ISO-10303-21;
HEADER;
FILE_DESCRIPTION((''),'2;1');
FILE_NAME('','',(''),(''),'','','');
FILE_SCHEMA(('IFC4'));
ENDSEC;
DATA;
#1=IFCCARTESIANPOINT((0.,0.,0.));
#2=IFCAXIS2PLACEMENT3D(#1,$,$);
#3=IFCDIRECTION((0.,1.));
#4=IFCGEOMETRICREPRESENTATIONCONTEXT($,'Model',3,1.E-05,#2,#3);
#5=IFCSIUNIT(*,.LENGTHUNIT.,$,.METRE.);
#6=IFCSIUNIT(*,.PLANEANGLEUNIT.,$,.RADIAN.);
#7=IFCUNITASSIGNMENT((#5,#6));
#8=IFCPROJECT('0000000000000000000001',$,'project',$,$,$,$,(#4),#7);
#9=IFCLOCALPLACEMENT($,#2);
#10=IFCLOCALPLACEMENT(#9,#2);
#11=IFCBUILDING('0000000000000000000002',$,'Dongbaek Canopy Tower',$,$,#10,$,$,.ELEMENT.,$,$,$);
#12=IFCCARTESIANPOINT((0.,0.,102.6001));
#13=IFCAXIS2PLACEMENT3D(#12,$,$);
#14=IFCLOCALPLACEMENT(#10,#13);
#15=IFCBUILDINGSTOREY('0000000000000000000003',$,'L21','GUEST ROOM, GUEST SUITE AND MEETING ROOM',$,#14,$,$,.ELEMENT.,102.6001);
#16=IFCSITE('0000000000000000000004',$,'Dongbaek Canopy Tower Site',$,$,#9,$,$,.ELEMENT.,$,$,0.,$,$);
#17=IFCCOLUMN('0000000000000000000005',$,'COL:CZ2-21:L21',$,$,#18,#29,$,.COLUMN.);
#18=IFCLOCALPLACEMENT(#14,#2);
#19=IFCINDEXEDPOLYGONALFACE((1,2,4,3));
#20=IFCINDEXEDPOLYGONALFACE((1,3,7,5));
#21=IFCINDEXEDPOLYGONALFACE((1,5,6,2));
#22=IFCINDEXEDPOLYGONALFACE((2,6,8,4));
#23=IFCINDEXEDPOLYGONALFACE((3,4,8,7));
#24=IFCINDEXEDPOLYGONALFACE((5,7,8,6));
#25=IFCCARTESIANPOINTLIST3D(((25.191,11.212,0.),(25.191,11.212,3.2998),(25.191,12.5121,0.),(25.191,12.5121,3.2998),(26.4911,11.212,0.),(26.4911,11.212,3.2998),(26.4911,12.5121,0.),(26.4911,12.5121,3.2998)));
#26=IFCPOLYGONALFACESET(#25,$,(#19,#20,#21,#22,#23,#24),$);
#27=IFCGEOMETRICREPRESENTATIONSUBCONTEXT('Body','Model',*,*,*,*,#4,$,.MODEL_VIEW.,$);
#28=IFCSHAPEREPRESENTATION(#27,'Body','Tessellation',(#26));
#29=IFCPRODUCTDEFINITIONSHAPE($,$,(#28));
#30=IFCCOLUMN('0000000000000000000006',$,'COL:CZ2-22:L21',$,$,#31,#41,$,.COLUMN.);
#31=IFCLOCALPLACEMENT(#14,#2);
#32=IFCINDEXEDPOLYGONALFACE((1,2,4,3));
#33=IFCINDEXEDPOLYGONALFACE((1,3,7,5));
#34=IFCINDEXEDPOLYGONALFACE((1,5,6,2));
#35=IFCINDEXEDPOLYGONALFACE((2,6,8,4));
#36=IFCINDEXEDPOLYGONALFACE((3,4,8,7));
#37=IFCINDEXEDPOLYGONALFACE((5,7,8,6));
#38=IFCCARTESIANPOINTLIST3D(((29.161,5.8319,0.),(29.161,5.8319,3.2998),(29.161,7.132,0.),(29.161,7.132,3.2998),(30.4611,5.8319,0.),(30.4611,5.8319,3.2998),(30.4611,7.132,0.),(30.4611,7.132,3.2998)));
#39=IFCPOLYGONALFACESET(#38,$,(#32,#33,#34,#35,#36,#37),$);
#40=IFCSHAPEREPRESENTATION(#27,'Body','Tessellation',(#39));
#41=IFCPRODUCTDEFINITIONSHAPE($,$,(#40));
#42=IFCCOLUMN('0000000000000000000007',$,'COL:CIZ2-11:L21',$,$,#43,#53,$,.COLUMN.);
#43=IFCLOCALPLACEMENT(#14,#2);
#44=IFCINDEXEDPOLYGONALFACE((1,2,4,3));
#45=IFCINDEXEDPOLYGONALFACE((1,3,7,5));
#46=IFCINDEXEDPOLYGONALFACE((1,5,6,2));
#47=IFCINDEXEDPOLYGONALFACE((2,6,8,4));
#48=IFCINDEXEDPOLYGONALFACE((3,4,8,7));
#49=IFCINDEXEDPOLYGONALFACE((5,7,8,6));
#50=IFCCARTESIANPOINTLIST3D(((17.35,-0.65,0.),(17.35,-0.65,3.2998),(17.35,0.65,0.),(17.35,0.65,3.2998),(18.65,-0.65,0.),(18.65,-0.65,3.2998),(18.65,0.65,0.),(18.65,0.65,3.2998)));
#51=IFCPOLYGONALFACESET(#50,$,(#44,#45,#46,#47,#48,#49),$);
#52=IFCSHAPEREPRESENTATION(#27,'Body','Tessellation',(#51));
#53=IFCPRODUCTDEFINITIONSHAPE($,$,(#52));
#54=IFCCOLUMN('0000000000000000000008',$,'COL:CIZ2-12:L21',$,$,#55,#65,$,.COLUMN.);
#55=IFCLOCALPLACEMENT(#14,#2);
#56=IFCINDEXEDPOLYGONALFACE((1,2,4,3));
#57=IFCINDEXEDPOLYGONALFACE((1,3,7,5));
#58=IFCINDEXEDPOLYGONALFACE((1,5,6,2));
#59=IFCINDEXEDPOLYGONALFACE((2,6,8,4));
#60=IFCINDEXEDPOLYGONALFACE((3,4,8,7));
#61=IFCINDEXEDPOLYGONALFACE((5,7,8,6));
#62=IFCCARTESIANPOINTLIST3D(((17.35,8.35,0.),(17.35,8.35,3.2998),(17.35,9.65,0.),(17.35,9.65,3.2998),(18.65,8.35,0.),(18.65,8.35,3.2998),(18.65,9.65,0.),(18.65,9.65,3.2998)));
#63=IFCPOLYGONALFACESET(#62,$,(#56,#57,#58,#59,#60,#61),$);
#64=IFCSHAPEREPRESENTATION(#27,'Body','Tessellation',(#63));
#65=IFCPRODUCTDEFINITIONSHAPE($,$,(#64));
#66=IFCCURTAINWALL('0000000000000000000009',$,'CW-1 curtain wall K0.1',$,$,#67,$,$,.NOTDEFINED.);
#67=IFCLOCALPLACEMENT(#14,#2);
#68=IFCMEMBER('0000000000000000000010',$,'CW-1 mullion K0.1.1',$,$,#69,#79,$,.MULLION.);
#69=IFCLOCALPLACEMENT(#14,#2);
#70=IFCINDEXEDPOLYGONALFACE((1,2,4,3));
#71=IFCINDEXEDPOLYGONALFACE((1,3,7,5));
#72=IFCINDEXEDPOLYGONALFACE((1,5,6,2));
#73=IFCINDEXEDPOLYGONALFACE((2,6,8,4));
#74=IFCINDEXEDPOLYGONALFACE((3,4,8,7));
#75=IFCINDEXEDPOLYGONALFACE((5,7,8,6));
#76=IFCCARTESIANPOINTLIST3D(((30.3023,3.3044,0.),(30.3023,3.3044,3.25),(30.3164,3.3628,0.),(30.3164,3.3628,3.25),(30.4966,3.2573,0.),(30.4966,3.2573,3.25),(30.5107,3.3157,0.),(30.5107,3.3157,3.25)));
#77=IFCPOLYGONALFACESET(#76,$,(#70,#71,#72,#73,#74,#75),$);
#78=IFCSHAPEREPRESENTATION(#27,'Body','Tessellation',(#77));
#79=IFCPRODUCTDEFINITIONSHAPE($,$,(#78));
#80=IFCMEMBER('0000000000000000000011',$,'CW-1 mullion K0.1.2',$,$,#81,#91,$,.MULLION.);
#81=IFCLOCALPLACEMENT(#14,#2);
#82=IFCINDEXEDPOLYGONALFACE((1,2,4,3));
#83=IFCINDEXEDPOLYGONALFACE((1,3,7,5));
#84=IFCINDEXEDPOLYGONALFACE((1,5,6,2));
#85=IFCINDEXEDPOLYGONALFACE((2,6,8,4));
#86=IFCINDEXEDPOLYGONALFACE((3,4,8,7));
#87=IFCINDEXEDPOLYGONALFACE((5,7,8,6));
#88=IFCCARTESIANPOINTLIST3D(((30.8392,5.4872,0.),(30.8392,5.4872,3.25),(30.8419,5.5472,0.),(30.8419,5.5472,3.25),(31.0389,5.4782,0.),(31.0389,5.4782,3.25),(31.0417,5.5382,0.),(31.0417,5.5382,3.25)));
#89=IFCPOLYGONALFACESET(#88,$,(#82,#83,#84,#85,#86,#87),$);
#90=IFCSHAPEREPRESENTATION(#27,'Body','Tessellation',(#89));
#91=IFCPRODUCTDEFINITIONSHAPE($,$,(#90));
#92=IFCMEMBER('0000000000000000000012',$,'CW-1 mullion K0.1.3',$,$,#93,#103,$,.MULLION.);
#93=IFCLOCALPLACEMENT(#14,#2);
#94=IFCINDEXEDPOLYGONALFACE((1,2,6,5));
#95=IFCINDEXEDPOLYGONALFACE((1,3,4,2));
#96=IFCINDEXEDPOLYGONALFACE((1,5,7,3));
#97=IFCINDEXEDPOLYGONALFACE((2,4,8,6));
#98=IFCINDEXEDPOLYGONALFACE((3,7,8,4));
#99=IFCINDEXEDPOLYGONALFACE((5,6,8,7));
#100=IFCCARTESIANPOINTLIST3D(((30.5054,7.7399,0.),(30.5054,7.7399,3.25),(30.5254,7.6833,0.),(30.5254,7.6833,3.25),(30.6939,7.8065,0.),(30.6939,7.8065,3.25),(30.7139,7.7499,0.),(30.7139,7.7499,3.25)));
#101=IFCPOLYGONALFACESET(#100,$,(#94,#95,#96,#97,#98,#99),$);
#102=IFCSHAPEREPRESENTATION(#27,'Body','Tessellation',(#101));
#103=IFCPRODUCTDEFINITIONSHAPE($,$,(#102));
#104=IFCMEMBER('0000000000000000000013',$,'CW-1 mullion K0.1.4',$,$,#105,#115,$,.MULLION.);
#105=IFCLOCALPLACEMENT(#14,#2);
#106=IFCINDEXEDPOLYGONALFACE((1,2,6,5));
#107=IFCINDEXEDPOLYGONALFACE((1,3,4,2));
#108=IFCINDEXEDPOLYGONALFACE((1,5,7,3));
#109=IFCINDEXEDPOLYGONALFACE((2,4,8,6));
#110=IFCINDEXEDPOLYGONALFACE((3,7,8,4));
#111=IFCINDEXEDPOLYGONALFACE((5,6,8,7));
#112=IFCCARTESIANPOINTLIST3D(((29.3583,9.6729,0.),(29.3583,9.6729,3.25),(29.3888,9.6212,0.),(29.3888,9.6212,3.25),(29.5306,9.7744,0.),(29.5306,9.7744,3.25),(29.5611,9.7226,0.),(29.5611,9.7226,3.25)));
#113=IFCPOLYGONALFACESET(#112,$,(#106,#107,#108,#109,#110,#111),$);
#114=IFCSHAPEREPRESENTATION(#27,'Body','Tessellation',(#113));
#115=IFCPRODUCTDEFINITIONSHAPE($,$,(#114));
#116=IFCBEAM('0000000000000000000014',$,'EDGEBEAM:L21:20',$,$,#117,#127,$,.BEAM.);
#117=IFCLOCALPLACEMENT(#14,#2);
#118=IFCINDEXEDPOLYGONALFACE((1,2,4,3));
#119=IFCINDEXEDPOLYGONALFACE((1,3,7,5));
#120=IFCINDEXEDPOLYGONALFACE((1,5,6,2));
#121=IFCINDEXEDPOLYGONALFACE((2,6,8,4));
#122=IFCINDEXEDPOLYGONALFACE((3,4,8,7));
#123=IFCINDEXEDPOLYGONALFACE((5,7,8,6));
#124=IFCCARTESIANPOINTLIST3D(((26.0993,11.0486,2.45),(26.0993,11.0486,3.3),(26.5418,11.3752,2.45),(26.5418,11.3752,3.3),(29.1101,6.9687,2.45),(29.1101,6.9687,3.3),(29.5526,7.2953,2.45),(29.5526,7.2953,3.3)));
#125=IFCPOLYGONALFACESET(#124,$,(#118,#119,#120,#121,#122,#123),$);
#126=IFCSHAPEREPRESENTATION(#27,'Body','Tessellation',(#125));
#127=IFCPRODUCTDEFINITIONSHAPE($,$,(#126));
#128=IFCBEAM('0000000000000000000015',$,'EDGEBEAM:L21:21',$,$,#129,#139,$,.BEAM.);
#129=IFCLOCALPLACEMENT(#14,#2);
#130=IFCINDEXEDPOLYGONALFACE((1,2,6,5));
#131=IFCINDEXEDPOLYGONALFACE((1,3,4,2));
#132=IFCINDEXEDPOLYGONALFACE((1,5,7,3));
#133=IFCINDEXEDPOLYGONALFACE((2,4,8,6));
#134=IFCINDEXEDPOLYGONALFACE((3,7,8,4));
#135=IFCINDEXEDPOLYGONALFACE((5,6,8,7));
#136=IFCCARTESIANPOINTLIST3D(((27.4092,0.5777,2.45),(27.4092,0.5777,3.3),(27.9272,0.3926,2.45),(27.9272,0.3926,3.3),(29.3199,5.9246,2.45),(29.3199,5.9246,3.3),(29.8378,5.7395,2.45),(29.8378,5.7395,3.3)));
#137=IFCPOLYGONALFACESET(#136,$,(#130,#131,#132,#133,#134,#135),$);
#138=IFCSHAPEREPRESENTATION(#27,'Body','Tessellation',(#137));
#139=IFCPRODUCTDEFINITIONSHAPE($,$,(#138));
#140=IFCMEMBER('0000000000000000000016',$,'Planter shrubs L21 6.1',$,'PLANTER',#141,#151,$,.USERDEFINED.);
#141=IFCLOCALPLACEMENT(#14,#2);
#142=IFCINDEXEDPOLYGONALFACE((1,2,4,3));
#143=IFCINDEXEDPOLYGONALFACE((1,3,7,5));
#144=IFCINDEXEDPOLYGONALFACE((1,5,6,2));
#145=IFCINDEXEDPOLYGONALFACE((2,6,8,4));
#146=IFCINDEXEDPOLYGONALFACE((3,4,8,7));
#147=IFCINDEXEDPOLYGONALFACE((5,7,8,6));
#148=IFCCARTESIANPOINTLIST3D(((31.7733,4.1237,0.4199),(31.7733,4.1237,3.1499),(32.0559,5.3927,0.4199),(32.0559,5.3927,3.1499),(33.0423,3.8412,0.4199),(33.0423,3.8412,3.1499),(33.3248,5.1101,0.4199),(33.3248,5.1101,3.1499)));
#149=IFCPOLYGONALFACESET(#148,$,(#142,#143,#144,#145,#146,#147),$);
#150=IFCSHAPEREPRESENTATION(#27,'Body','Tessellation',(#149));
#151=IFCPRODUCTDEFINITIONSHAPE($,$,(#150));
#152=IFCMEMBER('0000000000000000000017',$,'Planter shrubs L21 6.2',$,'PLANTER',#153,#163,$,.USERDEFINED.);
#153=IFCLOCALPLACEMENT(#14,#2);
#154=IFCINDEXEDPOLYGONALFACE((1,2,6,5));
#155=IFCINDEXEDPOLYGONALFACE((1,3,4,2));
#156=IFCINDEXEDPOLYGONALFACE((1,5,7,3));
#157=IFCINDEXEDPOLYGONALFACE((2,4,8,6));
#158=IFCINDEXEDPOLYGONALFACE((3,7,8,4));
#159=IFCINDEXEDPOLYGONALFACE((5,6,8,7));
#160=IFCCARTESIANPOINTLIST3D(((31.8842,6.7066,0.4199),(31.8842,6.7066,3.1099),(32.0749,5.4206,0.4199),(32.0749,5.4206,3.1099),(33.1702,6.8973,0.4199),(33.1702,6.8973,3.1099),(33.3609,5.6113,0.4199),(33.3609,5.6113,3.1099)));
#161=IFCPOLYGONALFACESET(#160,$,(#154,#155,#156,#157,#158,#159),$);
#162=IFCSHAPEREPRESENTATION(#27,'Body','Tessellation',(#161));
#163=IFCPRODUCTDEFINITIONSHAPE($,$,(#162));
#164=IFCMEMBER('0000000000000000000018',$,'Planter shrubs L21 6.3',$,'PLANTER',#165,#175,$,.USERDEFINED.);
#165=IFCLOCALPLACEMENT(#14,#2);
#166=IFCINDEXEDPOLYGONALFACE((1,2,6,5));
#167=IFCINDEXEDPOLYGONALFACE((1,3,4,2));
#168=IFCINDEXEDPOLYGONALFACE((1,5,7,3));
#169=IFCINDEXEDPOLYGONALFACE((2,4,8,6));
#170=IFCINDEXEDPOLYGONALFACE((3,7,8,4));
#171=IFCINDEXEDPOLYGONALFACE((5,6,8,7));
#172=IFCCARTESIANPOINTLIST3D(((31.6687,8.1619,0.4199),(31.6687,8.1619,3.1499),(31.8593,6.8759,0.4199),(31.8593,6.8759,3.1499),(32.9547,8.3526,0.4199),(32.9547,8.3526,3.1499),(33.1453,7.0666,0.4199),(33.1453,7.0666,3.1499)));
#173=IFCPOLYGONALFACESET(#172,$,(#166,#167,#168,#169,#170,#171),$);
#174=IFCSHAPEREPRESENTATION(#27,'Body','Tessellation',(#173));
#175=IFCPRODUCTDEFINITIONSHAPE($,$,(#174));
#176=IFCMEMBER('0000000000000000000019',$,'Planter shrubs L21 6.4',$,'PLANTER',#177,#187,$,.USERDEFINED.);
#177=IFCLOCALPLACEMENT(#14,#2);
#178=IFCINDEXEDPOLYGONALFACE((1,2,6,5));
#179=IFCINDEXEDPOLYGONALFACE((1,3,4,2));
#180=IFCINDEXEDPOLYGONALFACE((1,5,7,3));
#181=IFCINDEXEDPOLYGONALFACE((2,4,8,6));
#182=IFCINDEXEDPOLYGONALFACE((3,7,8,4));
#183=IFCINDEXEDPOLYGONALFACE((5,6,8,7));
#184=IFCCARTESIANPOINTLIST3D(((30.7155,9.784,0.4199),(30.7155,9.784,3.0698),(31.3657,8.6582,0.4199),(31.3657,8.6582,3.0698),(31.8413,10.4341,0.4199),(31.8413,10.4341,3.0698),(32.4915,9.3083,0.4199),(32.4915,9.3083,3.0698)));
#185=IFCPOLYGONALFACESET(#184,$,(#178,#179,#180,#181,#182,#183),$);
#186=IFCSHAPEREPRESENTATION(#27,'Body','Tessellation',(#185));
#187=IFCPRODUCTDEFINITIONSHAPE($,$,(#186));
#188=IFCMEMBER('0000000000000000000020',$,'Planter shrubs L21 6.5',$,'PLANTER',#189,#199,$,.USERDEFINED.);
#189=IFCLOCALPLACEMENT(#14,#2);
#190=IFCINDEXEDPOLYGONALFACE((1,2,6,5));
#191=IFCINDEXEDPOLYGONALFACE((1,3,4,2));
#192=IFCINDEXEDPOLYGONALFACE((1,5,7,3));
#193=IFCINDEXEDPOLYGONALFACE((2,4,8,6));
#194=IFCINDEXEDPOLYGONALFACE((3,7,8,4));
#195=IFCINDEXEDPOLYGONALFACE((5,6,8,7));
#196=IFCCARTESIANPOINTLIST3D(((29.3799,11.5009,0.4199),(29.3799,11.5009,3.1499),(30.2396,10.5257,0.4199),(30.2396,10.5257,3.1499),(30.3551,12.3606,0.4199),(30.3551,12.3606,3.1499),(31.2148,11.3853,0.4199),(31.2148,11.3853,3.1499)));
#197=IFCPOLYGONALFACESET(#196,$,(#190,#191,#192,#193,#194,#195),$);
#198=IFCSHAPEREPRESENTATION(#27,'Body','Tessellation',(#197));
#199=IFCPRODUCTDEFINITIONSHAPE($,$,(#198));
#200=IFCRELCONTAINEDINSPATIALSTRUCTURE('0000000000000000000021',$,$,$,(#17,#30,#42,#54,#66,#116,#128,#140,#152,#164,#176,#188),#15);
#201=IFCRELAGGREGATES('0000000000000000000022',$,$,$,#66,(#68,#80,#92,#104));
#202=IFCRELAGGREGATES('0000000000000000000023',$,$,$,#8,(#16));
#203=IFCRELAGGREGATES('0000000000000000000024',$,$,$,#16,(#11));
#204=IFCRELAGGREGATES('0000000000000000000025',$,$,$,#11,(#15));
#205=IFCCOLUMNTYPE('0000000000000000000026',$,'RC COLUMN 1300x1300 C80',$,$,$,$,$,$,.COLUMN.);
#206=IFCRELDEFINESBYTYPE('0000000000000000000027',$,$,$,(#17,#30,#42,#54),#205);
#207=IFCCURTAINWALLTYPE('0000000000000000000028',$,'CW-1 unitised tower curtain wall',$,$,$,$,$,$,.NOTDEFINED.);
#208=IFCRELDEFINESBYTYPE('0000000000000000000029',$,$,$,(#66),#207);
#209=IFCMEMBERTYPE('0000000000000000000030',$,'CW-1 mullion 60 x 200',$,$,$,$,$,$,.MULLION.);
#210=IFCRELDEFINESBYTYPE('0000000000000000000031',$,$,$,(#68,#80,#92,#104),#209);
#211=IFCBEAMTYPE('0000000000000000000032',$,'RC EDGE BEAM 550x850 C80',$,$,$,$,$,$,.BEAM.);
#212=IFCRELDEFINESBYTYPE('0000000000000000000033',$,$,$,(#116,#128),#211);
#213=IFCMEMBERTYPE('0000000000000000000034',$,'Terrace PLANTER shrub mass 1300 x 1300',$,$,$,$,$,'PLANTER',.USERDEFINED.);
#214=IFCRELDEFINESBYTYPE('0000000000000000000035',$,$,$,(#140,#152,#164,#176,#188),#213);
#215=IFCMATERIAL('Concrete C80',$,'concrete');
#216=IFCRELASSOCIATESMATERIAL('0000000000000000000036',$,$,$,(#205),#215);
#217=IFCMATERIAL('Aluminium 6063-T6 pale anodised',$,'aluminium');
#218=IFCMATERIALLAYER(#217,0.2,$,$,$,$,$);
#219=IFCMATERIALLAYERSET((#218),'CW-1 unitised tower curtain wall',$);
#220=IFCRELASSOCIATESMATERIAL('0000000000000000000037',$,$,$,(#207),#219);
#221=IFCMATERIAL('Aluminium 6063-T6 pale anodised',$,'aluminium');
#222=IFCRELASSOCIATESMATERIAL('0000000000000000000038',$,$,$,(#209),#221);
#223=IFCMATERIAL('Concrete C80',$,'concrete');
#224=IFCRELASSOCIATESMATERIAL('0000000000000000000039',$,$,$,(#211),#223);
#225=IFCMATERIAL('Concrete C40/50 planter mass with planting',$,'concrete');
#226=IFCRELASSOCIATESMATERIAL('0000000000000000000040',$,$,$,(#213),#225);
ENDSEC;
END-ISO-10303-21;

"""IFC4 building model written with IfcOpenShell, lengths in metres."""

from ifc_helpers import new_model, si_unit, direction, frame, origin, origin_2d, place, context, subcontext, project, spatial, rectangle, extrude, material, layer, layer_set, material_profile, profile_set, type_object, element, aggregate, save


model = new_model("IFC4")

# Units and contexts
model_context = context("Model", 3, precision=1e-05, world=origin(), true_north=direction((0.0, 1.0)))
body_context = subcontext(model_context, "Body", "Model", "MODEL_VIEW")
ifc_project = project(units=[si_unit("LENGTHUNIT", "METRE"), si_unit("PLANEANGLEUNIT", "RADIAN")], contexts=[model_context])

# Site, building, storey
site_placement = place(None, origin())
site = spatial("IfcSite", under=ifc_project, at=site_placement, Name="Dongbaek Canopy Tower Site", CompositionType="ELEMENT", RefElevation=0.0)
building_placement = place(site_placement, origin())
building = spatial("IfcBuilding", under=site, at=building_placement, Name="Dongbaek Canopy Tower", CompositionType="ELEMENT")
storey_placement = place(building_placement, frame((0.0, 0.0, 102.6001)))
storey = spatial("IfcBuildingStorey", under=building, at=storey_placement, Name="L21", Description="GUEST ROOM, GUEST SUITE AND MEETING ROOM", CompositionType="ELEMENT", Elevation=102.6001)

# Columns
ifc_material_1 = material(Name="Concrete C80", Category="concrete")
ifc_material_profile_1 = material_profile(ifc_material_1, rectangle(XDim=1.3, YDim=1.3, at=origin_2d()), Name="RC COLUMN 1300x1300 C80")
ifc_profile_set_1 = profile_set([ifc_material_profile_1], Name="Concrete C80")
column_type = type_object("IfcColumnType", Name="RC COLUMN 1300x1300 C80", PredefinedType="COLUMN", material=ifc_profile_set_1)
for number, where, z_axis, x_axis, name in (
    (1, (25.8411, 11.8621, 0.0), (0.0, 0.0, 1.0), (1.0, 0.0, 0.0), "COL:CZ2-21:L21"),
    (2, (29.811, 6.4819, 0.0), (0.0, 0.0, 1.0), (1.0, 0.0, 0.0), "COL:CZ2-22:L21"),
    (3, (18.0, 0.0, 0.0), (0.0, 0.0, 1.0), (1.0, 0.0, 0.0), "COL:CIZ2-11:L21"),
    (4, (18.0, 9.0, 0.0), (0.0, 0.0, 1.0), (1.0, 0.0, 0.0), "COL:CIZ2-12:L21"),
):
    element("IfcColumn", number, at=place(storey_placement, frame(where, z_axis=z_axis, x_axis=x_axis)), inside=storey, type_object=column_type, Name=name, PredefinedType="COLUMN", context=body_context, shape_type="SweptSolid", body=[
        extrude(rectangle(XDim=1.3, YDim=1.3, at=origin_2d()), origin(), (0.0, 0.0, 1.0), 3.2998),
    ])

# Curtain wall, members
ifc_material_2 = material(Name="Aluminium 6063-T6 pale anodised", Category="aluminium")
ifc_layer_1 = layer(ifc_material_2, 0.2)
ifc_layer_set_1 = layer_set([ifc_layer_1], Name="CW-1 unitised tower curtain wall")
curtain_wall_type = type_object("IfcCurtainWallType", Name="CW-1 unitised tower curtain wall", PredefinedType="NOTDEFINED", material=ifc_layer_set_1)
curtain_wall_placement = place(storey_placement, origin())
curtain_wall = element("IfcCurtainWall", 5, at=curtain_wall_placement, inside=storey, type_object=curtain_wall_type, Name="CW-1 curtain wall K0.1", PredefinedType="NOTDEFINED")
ifc_material_3 = material(Name="Aluminium 6063-T6 pale anodised", Category="aluminium")
ifc_material_profile_2 = material_profile(ifc_material_3, rectangle(XDim=0.2, YDim=0.0601, at=origin_2d()), Name="CW-1 mullion 60 x 200")
ifc_profile_set_2 = profile_set([ifc_material_profile_2], Name="Aluminium 6063-T6 pale anodised")
member_type_1 = type_object("IfcMemberType", Name="CW-1 mullion 60 x 200", PredefinedType="MULLION", material=ifc_profile_set_2)
member_1_placement = place(storey_placement, frame((30.4065, 3.3101, 0.0), z_axis=(0.0, 0.0, 1.0), x_axis=(0.971859, -0.235562, 0.0)))
member_1 = element("IfcMember", 6, at=member_1_placement, type_object=member_type_1, Name="CW-1 mullion K0.1.1", PredefinedType="MULLION", context=body_context, shape_type="SweptSolid", body=[
    extrude(rectangle(XDim=0.2, YDim=0.0601, at=origin_2d()), origin(), (0.0, 0.0, 1.0), 3.25),
])
member_2_placement = place(storey_placement, frame((30.9404, 5.5127, 0.0), z_axis=(0.0, 0.0, 1.0), x_axis=(0.998974, -0.045297, 0.0)))
member_2 = element("IfcMember", 7, at=member_2_placement, type_object=member_type_1, Name="CW-1 mullion K0.1.2", PredefinedType="MULLION", context=body_context, shape_type="SweptSolid", body=[
    extrude(rectangle(XDim=0.2, YDim=0.0601, at=origin_2d()), origin(), (0.0, 0.0, 1.0), 3.25),
])
member_3_placement = place(storey_placement, frame((30.6096, 7.7449, 0.0), z_axis=(0.0, 0.0, 1.0), x_axis=(0.942869, 0.333162, 0.0)))
member_3 = element("IfcMember", 8, at=member_3_placement, type_object=member_type_1, Name="CW-1 mullion K0.1.3", PredefinedType="MULLION", context=body_context, shape_type="SweptSolid", body=[
    extrude(rectangle(XDim=0.2, YDim=0.0601, at=origin_2d()), origin(), (0.0, 0.0, 1.0), 3.25),
])
member_4_placement = place(storey_placement, frame((29.4597, 9.6978, 0.0), z_axis=(0.0, 0.0, 1.0), x_axis=(0.861723, 0.507378, 0.0)))
member_4 = element("IfcMember", 9, at=member_4_placement, type_object=member_type_1, Name="CW-1 mullion K0.1.4", PredefinedType="MULLION", context=body_context, shape_type="SweptSolid", body=[
    extrude(rectangle(XDim=0.2, YDim=0.0601, at=origin_2d()), origin(), (0.0, 0.0, 1.0), 3.25),
])

# Beams
ifc_material_4 = material(Name="Concrete C80", Category="concrete")
ifc_material_profile_3 = material_profile(ifc_material_4, rectangle(XDim=0.55, YDim=0.8501, at=origin_2d()), Name="RC EDGE BEAM 550x850 C80")
ifc_profile_set_3 = profile_set([ifc_material_profile_3], Name="Concrete C80")
beam_type = type_object("IfcBeamType", Name="RC EDGE BEAM 550x850 C80", PredefinedType="BEAM", material=ifc_profile_set_3)
beam_1_placement = place(storey_placement, frame((26.3206, 11.2119, 2.875), z_axis=(0.59378, -0.804627, 0.0), x_axis=(0.804627, 0.59378, 0.0)))
element("IfcBeam", 10, at=beam_1_placement, inside=storey, type_object=beam_type, Name="EDGEBEAM:L21:20", PredefinedType="BEAM", context=body_context, shape_type="SweptSolid", body=[
    extrude(rectangle(XDim=0.55, YDim=0.8501, at=origin_2d()), origin(), (0.0, 0.0, 1.0), 5.0706),
])
beam_2_placement = place(storey_placement, frame((29.5789, 5.832, 2.875), z_axis=(-0.336497, -0.941685, 0.0), x_axis=(0.941685, -0.336497, 0.0)))
element("IfcBeam", 11, at=beam_2_placement, inside=storey, type_object=beam_type, Name="EDGEBEAM:L21:21", PredefinedType="BEAM", context=body_context, shape_type="SweptSolid", body=[
    extrude(rectangle(XDim=0.55, YDim=0.8501, at=origin_2d()), origin(), (0.0, 0.0, 1.0), 5.678),
])

# Members
ifc_material_5 = material(Name="Concrete C40/50 planter mass with planting", Category="concrete")
ifc_material_profile_4 = material_profile(ifc_material_5, rectangle(XDim=1.3, YDim=1.3, at=origin_2d()), Name="Terrace PLANTER shrub mass 1300 x 1300")
ifc_profile_set_4 = profile_set([ifc_material_profile_4], Name="Concrete C40/50 planter mass with planting")
member_type_2 = type_object("IfcMemberType", Name="Terrace PLANTER shrub mass 1300 x 1300", ElementType="PLANTER", PredefinedType="USERDEFINED", material=ifc_profile_set_4)
member_5_placement = place(storey_placement, frame((32.5491, 4.6169, 0.4199), z_axis=(0.0, 0.0, 1.0), x_axis=(0.976094, -0.217348, 0.0)))
element("IfcMember", 12, at=member_5_placement, inside=storey, type_object=member_type_2, Name="Planter shrubs L21 6.1", ObjectType="PLANTER", PredefinedType="USERDEFINED", context=body_context, shape_type="SweptSolid", body=[
    extrude(rectangle(XDim=1.3, YDim=1.3, at=origin_2d()), origin(), (0.0, 0.0, 1.0), 2.73),
])
member_6_placement = place(storey_placement, frame((32.6226, 6.1589, 0.4199), z_axis=(0.0, 0.0, 1.0), x_axis=(0.98919, 0.146641, 0.0)))
element("IfcMember", 13, at=member_6_placement, inside=storey, type_object=member_type_2, Name="Planter shrubs L21 6.2", ObjectType="PLANTER", PredefinedType="USERDEFINED", context=body_context, shape_type="SweptSolid", body=[
    extrude(rectangle(XDim=1.3, YDim=1.3, at=origin_2d()), origin(), (0.0, 0.0, 1.0), 2.6899),
])
member_7_placement = place(storey_placement, frame((32.407, 7.6143, 0.4199), z_axis=(0.0, 0.0, 1.0), x_axis=(0.98919, 0.146641, 0.0)))
element("IfcMember", 14, at=member_7_placement, inside=storey, type_object=member_type_2, Name="Planter shrubs L21 6.3", ObjectType="PLANTER", PredefinedType="USERDEFINED", context=body_context, shape_type="SweptSolid", body=[
    extrude(rectangle(XDim=1.3, YDim=1.3, at=origin_2d()), origin(), (0.0, 0.0, 1.0), 2.73),
])
member_8_placement = place(storey_placement, frame((31.6035, 9.5461, 0.4199), z_axis=(0.0, 0.0, 1.0), x_axis=(0.86596, 0.500114, 0.0)))
element("IfcMember", 15, at=member_8_placement, inside=storey, type_object=member_type_2, Name="Planter shrubs L21 6.4", ObjectType="PLANTER", PredefinedType="USERDEFINED", context=body_context, shape_type="SweptSolid", body=[
    extrude(rectangle(XDim=1.3, YDim=1.3, at=origin_2d()), origin(), (0.0, 0.0, 1.0), 2.6499),
])
member_9_placement = place(storey_placement, frame((30.2974, 11.4431, 0.4199), z_axis=(0.0, 0.0, 1.0), x_axis=(0.75015, 0.661267, 0.0)))
element("IfcMember", 16, at=member_9_placement, inside=storey, type_object=member_type_2, Name="Planter shrubs L21 6.5", ObjectType="PLANTER", PredefinedType="USERDEFINED", context=body_context, shape_type="SweptSolid", body=[
    extrude(rectangle(XDim=1.3, YDim=1.3, at=origin_2d()), origin(), (0.0, 0.0, 1.0), 2.73),
])

aggregate(curtain_wall, [member_1, member_2, member_3, member_4])

save(model, "model.ifc")
